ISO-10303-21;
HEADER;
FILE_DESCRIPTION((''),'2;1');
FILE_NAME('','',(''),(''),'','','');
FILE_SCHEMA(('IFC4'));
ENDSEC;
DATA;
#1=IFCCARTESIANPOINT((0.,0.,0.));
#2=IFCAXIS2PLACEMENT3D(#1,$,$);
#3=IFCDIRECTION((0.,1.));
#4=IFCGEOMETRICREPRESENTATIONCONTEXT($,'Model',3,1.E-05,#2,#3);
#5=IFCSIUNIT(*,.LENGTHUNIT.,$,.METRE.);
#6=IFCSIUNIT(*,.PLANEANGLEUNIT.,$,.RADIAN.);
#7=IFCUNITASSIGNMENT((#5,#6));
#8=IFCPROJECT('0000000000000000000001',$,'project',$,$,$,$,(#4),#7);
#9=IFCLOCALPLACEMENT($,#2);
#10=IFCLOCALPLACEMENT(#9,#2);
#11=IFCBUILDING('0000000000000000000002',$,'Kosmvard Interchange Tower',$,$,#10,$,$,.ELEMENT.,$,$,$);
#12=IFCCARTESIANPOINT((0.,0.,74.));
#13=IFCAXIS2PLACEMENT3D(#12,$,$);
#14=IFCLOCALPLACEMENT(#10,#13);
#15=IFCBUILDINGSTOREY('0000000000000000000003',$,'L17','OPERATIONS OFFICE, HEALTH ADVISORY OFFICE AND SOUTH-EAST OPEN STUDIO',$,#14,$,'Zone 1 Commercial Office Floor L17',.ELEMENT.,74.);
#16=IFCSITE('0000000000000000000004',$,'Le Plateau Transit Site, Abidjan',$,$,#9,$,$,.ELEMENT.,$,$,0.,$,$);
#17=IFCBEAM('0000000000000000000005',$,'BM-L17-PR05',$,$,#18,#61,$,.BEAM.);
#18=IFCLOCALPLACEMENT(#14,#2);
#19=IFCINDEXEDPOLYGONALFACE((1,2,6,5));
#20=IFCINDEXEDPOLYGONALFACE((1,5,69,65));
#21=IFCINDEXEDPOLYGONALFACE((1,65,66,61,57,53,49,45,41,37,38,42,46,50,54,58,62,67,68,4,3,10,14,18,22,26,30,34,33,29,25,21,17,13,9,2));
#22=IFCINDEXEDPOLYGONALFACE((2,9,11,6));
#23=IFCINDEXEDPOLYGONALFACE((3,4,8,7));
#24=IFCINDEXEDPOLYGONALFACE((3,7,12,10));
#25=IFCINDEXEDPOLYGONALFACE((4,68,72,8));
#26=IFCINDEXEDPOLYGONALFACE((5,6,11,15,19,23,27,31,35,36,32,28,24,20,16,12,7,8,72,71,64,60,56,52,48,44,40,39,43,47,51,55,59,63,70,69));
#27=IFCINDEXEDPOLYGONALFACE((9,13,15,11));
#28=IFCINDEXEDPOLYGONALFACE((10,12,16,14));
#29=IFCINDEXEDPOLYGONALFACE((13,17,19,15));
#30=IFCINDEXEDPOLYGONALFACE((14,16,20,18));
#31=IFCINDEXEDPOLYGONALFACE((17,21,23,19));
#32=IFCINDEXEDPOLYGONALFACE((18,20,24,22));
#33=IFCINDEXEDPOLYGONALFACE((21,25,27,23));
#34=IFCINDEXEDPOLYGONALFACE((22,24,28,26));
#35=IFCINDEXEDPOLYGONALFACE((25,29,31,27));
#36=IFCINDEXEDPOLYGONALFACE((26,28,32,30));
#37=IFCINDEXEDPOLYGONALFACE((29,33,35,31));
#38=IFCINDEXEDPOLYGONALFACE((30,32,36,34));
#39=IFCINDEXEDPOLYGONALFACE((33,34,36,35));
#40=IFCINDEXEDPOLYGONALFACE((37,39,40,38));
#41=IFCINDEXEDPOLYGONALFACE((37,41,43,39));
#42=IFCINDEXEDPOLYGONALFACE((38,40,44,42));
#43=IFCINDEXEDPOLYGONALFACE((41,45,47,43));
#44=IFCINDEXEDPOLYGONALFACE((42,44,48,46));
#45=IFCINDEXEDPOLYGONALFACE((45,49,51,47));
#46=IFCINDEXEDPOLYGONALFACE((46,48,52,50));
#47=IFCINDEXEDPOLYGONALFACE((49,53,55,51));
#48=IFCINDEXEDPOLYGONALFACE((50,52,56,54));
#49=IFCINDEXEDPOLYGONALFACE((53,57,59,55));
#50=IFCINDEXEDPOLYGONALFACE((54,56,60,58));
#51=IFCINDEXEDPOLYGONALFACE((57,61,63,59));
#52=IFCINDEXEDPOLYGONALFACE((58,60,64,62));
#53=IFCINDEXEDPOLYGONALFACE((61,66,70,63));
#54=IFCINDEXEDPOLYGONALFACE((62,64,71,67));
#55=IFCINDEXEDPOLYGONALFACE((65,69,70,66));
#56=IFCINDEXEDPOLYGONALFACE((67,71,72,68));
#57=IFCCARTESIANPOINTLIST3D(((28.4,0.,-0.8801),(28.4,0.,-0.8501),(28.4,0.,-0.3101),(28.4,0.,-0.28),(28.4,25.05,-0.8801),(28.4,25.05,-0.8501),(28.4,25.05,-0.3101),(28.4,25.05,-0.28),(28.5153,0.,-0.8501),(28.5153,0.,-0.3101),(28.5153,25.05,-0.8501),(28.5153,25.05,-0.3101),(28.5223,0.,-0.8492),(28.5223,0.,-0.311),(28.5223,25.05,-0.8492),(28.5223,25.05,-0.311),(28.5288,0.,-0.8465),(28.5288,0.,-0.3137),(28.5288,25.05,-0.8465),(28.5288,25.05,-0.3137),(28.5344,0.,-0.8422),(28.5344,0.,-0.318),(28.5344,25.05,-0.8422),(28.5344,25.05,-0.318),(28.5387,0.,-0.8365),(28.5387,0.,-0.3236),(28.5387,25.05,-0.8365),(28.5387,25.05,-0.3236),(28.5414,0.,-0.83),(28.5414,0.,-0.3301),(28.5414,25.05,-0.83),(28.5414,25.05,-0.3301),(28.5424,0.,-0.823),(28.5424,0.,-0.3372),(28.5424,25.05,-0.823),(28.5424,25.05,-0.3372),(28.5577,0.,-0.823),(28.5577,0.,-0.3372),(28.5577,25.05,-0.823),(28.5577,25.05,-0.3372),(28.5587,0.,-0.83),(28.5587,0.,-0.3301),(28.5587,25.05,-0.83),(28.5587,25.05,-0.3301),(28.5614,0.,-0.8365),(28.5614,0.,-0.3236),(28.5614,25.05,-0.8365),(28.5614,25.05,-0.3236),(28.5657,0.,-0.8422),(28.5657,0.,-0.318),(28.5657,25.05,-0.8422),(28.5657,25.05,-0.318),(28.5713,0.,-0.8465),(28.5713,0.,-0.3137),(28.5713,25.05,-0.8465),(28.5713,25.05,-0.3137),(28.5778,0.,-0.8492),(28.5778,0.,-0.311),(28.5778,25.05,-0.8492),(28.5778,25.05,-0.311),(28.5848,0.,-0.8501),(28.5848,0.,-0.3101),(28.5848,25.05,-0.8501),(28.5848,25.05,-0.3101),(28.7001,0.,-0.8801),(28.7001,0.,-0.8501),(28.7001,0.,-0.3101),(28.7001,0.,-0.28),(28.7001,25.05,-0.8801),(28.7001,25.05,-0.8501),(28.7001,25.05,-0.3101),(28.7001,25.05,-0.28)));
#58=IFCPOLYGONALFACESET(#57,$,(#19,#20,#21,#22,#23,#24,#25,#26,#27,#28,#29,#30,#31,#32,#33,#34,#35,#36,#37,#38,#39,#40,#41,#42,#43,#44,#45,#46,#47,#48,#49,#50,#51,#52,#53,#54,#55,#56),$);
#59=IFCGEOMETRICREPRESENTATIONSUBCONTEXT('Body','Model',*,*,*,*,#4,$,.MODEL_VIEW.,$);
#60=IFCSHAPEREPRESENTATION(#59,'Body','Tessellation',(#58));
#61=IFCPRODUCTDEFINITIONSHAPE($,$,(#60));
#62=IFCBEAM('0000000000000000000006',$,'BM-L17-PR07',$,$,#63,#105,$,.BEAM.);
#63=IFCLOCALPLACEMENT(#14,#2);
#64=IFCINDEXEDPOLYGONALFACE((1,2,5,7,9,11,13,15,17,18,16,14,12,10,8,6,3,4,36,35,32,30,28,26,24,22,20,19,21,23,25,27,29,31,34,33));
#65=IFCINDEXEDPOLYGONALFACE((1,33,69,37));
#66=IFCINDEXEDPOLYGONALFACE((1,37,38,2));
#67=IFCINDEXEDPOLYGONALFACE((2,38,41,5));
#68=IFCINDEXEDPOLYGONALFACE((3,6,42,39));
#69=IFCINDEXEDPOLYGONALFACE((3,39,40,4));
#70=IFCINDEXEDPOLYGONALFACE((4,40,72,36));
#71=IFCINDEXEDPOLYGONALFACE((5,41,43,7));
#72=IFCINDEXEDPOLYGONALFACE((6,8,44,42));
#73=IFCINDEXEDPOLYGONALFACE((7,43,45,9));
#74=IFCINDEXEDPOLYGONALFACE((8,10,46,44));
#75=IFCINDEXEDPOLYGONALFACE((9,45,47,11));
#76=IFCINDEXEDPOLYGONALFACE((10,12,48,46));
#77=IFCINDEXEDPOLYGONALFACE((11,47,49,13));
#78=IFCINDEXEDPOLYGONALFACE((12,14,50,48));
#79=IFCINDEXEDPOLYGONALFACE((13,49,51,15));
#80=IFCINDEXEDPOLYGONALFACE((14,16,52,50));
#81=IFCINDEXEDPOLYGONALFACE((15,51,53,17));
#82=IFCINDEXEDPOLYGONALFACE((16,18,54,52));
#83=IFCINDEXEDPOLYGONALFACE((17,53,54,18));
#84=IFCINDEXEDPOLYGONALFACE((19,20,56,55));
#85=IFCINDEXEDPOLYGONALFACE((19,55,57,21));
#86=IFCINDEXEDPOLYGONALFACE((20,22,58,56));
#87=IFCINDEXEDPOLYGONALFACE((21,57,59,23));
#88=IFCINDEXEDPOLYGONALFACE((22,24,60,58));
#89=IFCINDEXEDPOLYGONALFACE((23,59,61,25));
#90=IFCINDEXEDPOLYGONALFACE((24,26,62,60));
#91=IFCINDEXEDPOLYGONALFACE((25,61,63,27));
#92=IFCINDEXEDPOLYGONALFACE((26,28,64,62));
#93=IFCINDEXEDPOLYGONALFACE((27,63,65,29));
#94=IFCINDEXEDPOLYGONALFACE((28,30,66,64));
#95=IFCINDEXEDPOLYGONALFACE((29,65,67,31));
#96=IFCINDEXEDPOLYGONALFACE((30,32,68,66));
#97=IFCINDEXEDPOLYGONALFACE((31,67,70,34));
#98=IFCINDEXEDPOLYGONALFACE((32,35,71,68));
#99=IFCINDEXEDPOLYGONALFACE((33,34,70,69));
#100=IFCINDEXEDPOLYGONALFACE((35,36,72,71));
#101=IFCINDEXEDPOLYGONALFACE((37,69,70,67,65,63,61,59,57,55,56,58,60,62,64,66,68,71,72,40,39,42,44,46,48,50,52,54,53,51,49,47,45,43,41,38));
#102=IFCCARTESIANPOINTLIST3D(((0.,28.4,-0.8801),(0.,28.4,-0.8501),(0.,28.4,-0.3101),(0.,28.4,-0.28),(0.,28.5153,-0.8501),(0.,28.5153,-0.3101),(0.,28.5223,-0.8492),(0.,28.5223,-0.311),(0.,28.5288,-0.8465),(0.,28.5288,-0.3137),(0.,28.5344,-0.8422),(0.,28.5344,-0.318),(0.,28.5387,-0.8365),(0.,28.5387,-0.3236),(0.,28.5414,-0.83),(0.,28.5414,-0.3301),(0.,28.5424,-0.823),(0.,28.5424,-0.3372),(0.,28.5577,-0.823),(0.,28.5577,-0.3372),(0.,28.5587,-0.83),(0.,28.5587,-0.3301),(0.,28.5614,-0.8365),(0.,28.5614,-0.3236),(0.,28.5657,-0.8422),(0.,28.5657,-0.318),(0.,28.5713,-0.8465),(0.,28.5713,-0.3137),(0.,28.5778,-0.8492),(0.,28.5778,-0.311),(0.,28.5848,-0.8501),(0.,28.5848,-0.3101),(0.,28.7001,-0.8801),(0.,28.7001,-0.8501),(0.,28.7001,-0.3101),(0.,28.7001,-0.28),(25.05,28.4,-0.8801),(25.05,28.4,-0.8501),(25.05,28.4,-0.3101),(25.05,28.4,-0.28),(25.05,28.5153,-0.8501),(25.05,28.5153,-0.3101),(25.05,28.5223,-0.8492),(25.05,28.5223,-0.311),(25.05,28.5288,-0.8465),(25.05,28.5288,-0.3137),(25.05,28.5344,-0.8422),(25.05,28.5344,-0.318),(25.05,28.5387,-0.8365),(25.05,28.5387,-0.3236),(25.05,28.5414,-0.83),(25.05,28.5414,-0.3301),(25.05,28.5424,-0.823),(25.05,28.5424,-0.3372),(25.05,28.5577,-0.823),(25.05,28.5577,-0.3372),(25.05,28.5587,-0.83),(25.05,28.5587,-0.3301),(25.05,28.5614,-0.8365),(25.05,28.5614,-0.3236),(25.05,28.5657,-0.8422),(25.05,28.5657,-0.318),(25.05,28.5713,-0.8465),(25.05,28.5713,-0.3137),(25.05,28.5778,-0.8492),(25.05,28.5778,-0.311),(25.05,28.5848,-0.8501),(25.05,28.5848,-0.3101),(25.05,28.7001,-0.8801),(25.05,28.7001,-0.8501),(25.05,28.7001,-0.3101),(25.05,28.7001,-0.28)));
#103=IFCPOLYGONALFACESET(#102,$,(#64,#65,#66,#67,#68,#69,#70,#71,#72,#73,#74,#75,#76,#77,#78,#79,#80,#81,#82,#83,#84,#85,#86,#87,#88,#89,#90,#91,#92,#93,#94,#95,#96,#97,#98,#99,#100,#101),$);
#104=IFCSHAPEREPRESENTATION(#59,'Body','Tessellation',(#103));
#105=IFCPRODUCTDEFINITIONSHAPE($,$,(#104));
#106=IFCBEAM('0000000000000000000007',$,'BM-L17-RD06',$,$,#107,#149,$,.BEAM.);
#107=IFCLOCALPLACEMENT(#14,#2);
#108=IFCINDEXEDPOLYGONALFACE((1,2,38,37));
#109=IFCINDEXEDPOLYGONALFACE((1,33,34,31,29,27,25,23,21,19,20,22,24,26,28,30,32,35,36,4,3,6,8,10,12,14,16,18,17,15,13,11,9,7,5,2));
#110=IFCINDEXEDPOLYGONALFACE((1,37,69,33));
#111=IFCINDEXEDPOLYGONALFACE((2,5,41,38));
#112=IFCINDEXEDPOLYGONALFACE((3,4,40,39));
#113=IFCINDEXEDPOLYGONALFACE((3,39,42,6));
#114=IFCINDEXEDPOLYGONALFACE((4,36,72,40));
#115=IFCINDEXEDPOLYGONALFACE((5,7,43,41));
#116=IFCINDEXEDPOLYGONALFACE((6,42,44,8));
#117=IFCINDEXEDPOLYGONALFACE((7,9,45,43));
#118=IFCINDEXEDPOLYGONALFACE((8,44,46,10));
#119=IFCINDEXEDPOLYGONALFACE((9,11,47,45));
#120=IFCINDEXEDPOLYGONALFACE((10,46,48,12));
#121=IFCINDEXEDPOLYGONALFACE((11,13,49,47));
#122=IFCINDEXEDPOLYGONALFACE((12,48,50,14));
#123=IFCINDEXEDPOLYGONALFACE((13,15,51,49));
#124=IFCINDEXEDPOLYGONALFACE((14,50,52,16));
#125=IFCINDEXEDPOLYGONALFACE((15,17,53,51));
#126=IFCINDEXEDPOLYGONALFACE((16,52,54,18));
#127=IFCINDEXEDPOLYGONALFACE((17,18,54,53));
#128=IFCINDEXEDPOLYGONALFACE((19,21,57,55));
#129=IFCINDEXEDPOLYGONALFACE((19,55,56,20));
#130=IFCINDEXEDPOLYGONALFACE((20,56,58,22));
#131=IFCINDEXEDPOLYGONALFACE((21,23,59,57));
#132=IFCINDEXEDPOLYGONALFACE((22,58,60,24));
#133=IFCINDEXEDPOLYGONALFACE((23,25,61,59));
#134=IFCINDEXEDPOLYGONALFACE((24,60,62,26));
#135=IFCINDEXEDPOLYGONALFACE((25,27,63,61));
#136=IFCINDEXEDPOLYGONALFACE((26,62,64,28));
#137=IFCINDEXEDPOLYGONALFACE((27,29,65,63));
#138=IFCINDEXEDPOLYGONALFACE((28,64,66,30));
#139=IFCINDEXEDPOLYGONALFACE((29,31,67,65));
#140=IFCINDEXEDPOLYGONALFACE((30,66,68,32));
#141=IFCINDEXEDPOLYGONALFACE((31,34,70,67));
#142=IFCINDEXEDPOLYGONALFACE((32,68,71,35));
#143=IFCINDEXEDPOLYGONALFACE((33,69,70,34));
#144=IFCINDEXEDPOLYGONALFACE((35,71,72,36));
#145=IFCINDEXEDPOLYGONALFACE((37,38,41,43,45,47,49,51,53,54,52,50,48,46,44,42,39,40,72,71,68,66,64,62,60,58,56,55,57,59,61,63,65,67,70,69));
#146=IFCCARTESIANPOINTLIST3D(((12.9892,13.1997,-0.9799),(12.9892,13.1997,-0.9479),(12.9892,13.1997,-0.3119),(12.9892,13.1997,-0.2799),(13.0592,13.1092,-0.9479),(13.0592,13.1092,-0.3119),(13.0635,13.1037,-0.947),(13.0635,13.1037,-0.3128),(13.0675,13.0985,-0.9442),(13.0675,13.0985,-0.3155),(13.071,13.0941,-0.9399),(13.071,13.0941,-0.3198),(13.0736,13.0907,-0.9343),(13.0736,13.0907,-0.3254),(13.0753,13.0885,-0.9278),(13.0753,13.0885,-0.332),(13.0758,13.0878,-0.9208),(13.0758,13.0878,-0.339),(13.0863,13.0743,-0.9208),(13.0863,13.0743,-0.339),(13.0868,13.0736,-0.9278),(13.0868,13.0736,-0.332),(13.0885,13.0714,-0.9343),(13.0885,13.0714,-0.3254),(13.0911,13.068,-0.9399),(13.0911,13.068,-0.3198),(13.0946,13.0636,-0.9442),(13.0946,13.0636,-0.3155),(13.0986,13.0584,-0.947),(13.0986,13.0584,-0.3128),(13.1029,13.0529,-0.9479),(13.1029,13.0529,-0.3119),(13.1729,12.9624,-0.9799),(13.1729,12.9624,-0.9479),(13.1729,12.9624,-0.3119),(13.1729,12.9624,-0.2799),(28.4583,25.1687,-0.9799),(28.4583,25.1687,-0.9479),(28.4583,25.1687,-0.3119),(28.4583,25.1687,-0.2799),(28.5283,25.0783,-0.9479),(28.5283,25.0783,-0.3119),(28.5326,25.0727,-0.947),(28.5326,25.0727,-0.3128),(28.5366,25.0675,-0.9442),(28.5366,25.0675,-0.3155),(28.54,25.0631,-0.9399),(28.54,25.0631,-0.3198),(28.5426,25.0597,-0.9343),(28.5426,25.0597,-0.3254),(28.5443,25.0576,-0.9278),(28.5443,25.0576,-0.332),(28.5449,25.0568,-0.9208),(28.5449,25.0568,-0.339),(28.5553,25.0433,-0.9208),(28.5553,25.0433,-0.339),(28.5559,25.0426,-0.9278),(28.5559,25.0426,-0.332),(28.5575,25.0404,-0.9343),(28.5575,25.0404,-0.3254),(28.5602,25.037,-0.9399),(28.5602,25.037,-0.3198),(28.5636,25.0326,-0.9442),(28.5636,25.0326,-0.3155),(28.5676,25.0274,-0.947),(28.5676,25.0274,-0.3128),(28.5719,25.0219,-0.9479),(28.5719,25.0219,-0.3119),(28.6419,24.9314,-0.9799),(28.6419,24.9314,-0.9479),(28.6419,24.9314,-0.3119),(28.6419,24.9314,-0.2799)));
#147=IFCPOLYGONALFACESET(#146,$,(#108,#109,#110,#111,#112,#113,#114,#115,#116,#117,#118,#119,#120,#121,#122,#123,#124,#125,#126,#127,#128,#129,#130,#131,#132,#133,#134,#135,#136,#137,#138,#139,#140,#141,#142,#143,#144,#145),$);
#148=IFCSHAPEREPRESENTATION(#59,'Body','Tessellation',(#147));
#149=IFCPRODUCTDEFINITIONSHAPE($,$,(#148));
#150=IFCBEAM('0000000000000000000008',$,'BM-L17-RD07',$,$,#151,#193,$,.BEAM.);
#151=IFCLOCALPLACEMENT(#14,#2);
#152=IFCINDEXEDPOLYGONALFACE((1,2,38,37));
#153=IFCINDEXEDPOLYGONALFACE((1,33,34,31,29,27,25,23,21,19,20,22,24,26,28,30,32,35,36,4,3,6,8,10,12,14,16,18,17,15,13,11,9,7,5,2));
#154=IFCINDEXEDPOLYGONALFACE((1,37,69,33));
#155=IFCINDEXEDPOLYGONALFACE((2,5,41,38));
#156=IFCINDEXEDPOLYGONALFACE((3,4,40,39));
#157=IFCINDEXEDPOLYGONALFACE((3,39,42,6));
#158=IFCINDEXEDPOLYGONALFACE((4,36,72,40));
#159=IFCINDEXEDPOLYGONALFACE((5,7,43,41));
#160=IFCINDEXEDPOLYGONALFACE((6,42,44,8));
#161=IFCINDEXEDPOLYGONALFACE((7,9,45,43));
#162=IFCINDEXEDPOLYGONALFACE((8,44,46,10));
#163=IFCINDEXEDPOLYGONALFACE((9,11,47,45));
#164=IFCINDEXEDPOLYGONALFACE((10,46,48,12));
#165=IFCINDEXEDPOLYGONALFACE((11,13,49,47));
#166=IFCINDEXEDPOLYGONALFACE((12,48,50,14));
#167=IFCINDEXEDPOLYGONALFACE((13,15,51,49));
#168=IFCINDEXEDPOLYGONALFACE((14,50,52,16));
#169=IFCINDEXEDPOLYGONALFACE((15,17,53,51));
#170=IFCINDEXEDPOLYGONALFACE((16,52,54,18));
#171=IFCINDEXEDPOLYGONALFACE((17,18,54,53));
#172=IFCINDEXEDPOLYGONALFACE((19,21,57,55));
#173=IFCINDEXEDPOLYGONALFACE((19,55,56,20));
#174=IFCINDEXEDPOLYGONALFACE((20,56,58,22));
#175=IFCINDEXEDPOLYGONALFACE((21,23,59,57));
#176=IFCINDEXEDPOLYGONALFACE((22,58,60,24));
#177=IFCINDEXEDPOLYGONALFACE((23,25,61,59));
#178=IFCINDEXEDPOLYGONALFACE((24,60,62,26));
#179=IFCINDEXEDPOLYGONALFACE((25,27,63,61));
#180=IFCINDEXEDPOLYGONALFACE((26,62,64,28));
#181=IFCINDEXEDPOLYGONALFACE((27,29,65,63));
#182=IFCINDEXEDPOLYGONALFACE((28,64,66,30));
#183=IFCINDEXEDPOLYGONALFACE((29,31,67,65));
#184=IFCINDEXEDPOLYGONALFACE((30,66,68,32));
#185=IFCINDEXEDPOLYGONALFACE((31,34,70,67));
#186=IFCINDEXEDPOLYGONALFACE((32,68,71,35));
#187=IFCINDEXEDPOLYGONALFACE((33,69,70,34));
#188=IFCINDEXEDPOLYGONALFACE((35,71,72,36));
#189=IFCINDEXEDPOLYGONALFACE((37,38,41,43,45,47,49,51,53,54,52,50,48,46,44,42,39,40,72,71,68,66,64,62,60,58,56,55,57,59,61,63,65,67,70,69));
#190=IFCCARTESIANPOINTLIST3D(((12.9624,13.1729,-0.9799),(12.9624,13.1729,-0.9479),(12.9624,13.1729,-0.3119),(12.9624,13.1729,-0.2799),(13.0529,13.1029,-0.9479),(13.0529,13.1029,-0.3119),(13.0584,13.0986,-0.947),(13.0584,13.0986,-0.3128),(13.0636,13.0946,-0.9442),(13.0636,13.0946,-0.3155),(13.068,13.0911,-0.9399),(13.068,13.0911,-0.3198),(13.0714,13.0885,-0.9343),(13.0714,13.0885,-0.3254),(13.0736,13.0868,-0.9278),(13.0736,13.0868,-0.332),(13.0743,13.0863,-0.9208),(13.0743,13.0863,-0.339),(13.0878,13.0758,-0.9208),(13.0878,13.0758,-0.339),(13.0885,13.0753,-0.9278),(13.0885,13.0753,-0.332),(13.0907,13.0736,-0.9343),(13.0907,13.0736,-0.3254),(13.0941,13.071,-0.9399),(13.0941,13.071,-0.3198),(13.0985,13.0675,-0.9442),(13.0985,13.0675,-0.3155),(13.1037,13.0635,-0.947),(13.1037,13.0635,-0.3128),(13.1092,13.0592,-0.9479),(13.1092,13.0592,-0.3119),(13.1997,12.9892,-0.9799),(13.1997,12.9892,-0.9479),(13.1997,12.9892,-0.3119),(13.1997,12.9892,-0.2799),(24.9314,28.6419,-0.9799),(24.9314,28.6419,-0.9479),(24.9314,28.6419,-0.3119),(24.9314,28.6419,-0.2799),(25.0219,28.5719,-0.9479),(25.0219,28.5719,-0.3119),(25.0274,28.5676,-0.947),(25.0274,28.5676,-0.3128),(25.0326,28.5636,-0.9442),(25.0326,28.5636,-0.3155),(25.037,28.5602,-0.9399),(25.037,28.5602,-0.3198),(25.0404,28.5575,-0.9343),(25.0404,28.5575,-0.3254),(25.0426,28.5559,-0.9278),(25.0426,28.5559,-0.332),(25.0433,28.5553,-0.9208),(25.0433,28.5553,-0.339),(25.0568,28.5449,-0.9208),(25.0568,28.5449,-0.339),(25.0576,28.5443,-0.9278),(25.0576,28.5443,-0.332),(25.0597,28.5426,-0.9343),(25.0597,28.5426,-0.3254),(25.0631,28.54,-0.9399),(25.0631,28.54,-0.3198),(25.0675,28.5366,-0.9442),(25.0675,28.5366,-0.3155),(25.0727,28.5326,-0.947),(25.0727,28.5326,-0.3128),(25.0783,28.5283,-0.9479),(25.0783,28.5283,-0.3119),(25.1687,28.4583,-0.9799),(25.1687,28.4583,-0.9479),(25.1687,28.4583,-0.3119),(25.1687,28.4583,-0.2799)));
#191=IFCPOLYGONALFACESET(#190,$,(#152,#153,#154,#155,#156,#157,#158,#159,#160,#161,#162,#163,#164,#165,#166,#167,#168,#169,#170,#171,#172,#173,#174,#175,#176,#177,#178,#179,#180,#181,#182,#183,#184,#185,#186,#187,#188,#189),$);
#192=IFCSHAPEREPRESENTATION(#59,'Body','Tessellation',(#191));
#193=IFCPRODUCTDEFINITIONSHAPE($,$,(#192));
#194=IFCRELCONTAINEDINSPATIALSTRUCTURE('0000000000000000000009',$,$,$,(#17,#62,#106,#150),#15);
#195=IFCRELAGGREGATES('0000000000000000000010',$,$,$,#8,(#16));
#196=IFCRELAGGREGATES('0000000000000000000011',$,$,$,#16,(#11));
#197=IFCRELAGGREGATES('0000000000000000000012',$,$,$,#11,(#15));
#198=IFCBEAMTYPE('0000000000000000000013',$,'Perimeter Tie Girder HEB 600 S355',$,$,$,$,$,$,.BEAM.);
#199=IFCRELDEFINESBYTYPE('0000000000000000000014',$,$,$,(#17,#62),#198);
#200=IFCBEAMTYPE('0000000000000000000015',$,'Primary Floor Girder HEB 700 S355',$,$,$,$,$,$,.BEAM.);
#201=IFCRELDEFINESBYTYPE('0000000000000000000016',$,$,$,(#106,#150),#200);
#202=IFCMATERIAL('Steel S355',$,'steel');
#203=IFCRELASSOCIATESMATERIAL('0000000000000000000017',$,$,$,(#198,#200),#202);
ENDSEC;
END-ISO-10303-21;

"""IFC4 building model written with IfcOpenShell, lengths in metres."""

from ifc_helpers import new_model, si_unit, direction, frame, origin, origin_2d, place, context, subcontext, project, spatial, i_section, extrude, source, transform, mapped, material, material_profile, profile_set, type_object, element, save


model = new_model("IFC4")

# Units and contexts
model_context = context("Model", 3, precision=1e-05, world=origin(), true_north=direction((0.0, 1.0)))
body_context = subcontext(model_context, "Body", "Model", "MODEL_VIEW")
ifc_project = project(units=[si_unit("LENGTHUNIT", "METRE"), si_unit("PLANEANGLEUNIT", "RADIAN")], contexts=[model_context])

# Site, building, storey
site_placement = place(None, origin())
site = spatial("IfcSite", under=ifc_project, at=site_placement, Name="Le Plateau Transit Site, Abidjan", CompositionType="ELEMENT", RefElevation=0.0)
building_placement = place(site_placement, origin())
building = spatial("IfcBuilding", under=site, at=building_placement, Name="Kosmvard Interchange Tower", CompositionType="ELEMENT")
storey_placement = place(building_placement, frame((0.0, 0.0, 74.0)))
storey = spatial("IfcBuildingStorey", under=building, at=storey_placement, Name="L17", Description="OPERATIONS OFFICE, HEALTH ADVISORY OFFICE AND SOUTH-EAST OPEN STUDIO", LongName="Zone 1 Commercial Office Floor L17", CompositionType="ELEMENT", Elevation=74.0)

# Beams
ifc_material_1 = material(Name="Steel S355", Category="steel")
ifc_material_profile_1 = material_profile(ifc_material_1, i_section(OverallWidth=0.3, OverallDepth=0.6001, WebThickness=0.0154, FlangeThickness=0.03, FilletRadius=0.0271, at=origin_2d()), Name="HEB 600")
ifc_profile_set_1 = profile_set([ifc_material_profile_1], Name="Steel S355")
beam_type_1 = type_object("IfcBeamType", Name="Perimeter Tie Girder HEB 600 S355", PredefinedType="BEAM", material=ifc_profile_set_1)
shared_shape_1 = source(origin(), body_context, "Body", "SweptSolid", [
    extrude(i_section(OverallWidth=0.3, OverallDepth=0.6001, WebThickness=0.0154, FlangeThickness=0.03, FilletRadius=0.0271, at=origin_2d()), origin(), (0.0, 0.0, 1.0), 25.05),
])
for number, where, z_axis, x_axis, name in (
    (1, (28.55, 0.0, -0.5801), (0.0, 1.0, 0.0), (-1.0, 0.0, 0.0), "BM-L17-PR05"),
    (2, (25.05, 28.55, -0.5801), (-1.0, 0.0, 0.0), (0.0, -1.0, 0.0), "BM-L17-PR07"),
):
    element("IfcBeam", number, at=place(storey_placement, frame(where, z_axis=z_axis, x_axis=x_axis)), inside=storey, type_object=beam_type_1, Name=name, PredefinedType="BEAM", context=body_context, shape_type="MappedRepresentation", body=[
        mapped(shared_shape_1, transform((0.0, 0.0, 0.0), scale=1.0)),
    ])
ifc_material_profile_2 = material_profile(ifc_material_1, i_section(OverallWidth=0.3, OverallDepth=0.7, WebThickness=0.0171, FlangeThickness=0.032, FilletRadius=0.0271, at=origin_2d()), Name="HEB 700")
ifc_profile_set_2 = profile_set([ifc_material_profile_2], Name="Steel S355")
beam_type_2 = type_object("IfcBeamType", Name="Primary Floor Girder HEB 700 S355", PredefinedType="BEAM", material=ifc_profile_set_2)
shared_shape_2 = source(origin(), body_context, "Body", "SweptSolid", [
    extrude(i_section(OverallWidth=0.3, OverallDepth=0.7, WebThickness=0.0171, FlangeThickness=0.032, FilletRadius=0.0271, at=origin_2d()), origin(), (0.0, 0.0, 1.0), 19.5588),
])
for number, where, z_axis, x_axis, name in (
    (3, (13.0811, 13.0811, -0.6299), (0.790897, 0.611949, 0.0), (-0.611949, 0.790897, 0.0), "BM-L17-RD06"),
    (4, (13.0811, 13.0811, -0.6299), (0.611949, 0.790897, 0.0), (-0.790897, 0.611949, 0.0), "BM-L17-RD07"),
):
    element("IfcBeam", number, at=place(storey_placement, frame(where, z_axis=z_axis, x_axis=x_axis)), inside=storey, type_object=beam_type_2, Name=name, PredefinedType="BEAM", context=body_context, shape_type="MappedRepresentation", body=[
        mapped(shared_shape_2, transform((0.0, 0.0, 0.0), scale=1.0)),
    ])

save(model, "model.ifc")
